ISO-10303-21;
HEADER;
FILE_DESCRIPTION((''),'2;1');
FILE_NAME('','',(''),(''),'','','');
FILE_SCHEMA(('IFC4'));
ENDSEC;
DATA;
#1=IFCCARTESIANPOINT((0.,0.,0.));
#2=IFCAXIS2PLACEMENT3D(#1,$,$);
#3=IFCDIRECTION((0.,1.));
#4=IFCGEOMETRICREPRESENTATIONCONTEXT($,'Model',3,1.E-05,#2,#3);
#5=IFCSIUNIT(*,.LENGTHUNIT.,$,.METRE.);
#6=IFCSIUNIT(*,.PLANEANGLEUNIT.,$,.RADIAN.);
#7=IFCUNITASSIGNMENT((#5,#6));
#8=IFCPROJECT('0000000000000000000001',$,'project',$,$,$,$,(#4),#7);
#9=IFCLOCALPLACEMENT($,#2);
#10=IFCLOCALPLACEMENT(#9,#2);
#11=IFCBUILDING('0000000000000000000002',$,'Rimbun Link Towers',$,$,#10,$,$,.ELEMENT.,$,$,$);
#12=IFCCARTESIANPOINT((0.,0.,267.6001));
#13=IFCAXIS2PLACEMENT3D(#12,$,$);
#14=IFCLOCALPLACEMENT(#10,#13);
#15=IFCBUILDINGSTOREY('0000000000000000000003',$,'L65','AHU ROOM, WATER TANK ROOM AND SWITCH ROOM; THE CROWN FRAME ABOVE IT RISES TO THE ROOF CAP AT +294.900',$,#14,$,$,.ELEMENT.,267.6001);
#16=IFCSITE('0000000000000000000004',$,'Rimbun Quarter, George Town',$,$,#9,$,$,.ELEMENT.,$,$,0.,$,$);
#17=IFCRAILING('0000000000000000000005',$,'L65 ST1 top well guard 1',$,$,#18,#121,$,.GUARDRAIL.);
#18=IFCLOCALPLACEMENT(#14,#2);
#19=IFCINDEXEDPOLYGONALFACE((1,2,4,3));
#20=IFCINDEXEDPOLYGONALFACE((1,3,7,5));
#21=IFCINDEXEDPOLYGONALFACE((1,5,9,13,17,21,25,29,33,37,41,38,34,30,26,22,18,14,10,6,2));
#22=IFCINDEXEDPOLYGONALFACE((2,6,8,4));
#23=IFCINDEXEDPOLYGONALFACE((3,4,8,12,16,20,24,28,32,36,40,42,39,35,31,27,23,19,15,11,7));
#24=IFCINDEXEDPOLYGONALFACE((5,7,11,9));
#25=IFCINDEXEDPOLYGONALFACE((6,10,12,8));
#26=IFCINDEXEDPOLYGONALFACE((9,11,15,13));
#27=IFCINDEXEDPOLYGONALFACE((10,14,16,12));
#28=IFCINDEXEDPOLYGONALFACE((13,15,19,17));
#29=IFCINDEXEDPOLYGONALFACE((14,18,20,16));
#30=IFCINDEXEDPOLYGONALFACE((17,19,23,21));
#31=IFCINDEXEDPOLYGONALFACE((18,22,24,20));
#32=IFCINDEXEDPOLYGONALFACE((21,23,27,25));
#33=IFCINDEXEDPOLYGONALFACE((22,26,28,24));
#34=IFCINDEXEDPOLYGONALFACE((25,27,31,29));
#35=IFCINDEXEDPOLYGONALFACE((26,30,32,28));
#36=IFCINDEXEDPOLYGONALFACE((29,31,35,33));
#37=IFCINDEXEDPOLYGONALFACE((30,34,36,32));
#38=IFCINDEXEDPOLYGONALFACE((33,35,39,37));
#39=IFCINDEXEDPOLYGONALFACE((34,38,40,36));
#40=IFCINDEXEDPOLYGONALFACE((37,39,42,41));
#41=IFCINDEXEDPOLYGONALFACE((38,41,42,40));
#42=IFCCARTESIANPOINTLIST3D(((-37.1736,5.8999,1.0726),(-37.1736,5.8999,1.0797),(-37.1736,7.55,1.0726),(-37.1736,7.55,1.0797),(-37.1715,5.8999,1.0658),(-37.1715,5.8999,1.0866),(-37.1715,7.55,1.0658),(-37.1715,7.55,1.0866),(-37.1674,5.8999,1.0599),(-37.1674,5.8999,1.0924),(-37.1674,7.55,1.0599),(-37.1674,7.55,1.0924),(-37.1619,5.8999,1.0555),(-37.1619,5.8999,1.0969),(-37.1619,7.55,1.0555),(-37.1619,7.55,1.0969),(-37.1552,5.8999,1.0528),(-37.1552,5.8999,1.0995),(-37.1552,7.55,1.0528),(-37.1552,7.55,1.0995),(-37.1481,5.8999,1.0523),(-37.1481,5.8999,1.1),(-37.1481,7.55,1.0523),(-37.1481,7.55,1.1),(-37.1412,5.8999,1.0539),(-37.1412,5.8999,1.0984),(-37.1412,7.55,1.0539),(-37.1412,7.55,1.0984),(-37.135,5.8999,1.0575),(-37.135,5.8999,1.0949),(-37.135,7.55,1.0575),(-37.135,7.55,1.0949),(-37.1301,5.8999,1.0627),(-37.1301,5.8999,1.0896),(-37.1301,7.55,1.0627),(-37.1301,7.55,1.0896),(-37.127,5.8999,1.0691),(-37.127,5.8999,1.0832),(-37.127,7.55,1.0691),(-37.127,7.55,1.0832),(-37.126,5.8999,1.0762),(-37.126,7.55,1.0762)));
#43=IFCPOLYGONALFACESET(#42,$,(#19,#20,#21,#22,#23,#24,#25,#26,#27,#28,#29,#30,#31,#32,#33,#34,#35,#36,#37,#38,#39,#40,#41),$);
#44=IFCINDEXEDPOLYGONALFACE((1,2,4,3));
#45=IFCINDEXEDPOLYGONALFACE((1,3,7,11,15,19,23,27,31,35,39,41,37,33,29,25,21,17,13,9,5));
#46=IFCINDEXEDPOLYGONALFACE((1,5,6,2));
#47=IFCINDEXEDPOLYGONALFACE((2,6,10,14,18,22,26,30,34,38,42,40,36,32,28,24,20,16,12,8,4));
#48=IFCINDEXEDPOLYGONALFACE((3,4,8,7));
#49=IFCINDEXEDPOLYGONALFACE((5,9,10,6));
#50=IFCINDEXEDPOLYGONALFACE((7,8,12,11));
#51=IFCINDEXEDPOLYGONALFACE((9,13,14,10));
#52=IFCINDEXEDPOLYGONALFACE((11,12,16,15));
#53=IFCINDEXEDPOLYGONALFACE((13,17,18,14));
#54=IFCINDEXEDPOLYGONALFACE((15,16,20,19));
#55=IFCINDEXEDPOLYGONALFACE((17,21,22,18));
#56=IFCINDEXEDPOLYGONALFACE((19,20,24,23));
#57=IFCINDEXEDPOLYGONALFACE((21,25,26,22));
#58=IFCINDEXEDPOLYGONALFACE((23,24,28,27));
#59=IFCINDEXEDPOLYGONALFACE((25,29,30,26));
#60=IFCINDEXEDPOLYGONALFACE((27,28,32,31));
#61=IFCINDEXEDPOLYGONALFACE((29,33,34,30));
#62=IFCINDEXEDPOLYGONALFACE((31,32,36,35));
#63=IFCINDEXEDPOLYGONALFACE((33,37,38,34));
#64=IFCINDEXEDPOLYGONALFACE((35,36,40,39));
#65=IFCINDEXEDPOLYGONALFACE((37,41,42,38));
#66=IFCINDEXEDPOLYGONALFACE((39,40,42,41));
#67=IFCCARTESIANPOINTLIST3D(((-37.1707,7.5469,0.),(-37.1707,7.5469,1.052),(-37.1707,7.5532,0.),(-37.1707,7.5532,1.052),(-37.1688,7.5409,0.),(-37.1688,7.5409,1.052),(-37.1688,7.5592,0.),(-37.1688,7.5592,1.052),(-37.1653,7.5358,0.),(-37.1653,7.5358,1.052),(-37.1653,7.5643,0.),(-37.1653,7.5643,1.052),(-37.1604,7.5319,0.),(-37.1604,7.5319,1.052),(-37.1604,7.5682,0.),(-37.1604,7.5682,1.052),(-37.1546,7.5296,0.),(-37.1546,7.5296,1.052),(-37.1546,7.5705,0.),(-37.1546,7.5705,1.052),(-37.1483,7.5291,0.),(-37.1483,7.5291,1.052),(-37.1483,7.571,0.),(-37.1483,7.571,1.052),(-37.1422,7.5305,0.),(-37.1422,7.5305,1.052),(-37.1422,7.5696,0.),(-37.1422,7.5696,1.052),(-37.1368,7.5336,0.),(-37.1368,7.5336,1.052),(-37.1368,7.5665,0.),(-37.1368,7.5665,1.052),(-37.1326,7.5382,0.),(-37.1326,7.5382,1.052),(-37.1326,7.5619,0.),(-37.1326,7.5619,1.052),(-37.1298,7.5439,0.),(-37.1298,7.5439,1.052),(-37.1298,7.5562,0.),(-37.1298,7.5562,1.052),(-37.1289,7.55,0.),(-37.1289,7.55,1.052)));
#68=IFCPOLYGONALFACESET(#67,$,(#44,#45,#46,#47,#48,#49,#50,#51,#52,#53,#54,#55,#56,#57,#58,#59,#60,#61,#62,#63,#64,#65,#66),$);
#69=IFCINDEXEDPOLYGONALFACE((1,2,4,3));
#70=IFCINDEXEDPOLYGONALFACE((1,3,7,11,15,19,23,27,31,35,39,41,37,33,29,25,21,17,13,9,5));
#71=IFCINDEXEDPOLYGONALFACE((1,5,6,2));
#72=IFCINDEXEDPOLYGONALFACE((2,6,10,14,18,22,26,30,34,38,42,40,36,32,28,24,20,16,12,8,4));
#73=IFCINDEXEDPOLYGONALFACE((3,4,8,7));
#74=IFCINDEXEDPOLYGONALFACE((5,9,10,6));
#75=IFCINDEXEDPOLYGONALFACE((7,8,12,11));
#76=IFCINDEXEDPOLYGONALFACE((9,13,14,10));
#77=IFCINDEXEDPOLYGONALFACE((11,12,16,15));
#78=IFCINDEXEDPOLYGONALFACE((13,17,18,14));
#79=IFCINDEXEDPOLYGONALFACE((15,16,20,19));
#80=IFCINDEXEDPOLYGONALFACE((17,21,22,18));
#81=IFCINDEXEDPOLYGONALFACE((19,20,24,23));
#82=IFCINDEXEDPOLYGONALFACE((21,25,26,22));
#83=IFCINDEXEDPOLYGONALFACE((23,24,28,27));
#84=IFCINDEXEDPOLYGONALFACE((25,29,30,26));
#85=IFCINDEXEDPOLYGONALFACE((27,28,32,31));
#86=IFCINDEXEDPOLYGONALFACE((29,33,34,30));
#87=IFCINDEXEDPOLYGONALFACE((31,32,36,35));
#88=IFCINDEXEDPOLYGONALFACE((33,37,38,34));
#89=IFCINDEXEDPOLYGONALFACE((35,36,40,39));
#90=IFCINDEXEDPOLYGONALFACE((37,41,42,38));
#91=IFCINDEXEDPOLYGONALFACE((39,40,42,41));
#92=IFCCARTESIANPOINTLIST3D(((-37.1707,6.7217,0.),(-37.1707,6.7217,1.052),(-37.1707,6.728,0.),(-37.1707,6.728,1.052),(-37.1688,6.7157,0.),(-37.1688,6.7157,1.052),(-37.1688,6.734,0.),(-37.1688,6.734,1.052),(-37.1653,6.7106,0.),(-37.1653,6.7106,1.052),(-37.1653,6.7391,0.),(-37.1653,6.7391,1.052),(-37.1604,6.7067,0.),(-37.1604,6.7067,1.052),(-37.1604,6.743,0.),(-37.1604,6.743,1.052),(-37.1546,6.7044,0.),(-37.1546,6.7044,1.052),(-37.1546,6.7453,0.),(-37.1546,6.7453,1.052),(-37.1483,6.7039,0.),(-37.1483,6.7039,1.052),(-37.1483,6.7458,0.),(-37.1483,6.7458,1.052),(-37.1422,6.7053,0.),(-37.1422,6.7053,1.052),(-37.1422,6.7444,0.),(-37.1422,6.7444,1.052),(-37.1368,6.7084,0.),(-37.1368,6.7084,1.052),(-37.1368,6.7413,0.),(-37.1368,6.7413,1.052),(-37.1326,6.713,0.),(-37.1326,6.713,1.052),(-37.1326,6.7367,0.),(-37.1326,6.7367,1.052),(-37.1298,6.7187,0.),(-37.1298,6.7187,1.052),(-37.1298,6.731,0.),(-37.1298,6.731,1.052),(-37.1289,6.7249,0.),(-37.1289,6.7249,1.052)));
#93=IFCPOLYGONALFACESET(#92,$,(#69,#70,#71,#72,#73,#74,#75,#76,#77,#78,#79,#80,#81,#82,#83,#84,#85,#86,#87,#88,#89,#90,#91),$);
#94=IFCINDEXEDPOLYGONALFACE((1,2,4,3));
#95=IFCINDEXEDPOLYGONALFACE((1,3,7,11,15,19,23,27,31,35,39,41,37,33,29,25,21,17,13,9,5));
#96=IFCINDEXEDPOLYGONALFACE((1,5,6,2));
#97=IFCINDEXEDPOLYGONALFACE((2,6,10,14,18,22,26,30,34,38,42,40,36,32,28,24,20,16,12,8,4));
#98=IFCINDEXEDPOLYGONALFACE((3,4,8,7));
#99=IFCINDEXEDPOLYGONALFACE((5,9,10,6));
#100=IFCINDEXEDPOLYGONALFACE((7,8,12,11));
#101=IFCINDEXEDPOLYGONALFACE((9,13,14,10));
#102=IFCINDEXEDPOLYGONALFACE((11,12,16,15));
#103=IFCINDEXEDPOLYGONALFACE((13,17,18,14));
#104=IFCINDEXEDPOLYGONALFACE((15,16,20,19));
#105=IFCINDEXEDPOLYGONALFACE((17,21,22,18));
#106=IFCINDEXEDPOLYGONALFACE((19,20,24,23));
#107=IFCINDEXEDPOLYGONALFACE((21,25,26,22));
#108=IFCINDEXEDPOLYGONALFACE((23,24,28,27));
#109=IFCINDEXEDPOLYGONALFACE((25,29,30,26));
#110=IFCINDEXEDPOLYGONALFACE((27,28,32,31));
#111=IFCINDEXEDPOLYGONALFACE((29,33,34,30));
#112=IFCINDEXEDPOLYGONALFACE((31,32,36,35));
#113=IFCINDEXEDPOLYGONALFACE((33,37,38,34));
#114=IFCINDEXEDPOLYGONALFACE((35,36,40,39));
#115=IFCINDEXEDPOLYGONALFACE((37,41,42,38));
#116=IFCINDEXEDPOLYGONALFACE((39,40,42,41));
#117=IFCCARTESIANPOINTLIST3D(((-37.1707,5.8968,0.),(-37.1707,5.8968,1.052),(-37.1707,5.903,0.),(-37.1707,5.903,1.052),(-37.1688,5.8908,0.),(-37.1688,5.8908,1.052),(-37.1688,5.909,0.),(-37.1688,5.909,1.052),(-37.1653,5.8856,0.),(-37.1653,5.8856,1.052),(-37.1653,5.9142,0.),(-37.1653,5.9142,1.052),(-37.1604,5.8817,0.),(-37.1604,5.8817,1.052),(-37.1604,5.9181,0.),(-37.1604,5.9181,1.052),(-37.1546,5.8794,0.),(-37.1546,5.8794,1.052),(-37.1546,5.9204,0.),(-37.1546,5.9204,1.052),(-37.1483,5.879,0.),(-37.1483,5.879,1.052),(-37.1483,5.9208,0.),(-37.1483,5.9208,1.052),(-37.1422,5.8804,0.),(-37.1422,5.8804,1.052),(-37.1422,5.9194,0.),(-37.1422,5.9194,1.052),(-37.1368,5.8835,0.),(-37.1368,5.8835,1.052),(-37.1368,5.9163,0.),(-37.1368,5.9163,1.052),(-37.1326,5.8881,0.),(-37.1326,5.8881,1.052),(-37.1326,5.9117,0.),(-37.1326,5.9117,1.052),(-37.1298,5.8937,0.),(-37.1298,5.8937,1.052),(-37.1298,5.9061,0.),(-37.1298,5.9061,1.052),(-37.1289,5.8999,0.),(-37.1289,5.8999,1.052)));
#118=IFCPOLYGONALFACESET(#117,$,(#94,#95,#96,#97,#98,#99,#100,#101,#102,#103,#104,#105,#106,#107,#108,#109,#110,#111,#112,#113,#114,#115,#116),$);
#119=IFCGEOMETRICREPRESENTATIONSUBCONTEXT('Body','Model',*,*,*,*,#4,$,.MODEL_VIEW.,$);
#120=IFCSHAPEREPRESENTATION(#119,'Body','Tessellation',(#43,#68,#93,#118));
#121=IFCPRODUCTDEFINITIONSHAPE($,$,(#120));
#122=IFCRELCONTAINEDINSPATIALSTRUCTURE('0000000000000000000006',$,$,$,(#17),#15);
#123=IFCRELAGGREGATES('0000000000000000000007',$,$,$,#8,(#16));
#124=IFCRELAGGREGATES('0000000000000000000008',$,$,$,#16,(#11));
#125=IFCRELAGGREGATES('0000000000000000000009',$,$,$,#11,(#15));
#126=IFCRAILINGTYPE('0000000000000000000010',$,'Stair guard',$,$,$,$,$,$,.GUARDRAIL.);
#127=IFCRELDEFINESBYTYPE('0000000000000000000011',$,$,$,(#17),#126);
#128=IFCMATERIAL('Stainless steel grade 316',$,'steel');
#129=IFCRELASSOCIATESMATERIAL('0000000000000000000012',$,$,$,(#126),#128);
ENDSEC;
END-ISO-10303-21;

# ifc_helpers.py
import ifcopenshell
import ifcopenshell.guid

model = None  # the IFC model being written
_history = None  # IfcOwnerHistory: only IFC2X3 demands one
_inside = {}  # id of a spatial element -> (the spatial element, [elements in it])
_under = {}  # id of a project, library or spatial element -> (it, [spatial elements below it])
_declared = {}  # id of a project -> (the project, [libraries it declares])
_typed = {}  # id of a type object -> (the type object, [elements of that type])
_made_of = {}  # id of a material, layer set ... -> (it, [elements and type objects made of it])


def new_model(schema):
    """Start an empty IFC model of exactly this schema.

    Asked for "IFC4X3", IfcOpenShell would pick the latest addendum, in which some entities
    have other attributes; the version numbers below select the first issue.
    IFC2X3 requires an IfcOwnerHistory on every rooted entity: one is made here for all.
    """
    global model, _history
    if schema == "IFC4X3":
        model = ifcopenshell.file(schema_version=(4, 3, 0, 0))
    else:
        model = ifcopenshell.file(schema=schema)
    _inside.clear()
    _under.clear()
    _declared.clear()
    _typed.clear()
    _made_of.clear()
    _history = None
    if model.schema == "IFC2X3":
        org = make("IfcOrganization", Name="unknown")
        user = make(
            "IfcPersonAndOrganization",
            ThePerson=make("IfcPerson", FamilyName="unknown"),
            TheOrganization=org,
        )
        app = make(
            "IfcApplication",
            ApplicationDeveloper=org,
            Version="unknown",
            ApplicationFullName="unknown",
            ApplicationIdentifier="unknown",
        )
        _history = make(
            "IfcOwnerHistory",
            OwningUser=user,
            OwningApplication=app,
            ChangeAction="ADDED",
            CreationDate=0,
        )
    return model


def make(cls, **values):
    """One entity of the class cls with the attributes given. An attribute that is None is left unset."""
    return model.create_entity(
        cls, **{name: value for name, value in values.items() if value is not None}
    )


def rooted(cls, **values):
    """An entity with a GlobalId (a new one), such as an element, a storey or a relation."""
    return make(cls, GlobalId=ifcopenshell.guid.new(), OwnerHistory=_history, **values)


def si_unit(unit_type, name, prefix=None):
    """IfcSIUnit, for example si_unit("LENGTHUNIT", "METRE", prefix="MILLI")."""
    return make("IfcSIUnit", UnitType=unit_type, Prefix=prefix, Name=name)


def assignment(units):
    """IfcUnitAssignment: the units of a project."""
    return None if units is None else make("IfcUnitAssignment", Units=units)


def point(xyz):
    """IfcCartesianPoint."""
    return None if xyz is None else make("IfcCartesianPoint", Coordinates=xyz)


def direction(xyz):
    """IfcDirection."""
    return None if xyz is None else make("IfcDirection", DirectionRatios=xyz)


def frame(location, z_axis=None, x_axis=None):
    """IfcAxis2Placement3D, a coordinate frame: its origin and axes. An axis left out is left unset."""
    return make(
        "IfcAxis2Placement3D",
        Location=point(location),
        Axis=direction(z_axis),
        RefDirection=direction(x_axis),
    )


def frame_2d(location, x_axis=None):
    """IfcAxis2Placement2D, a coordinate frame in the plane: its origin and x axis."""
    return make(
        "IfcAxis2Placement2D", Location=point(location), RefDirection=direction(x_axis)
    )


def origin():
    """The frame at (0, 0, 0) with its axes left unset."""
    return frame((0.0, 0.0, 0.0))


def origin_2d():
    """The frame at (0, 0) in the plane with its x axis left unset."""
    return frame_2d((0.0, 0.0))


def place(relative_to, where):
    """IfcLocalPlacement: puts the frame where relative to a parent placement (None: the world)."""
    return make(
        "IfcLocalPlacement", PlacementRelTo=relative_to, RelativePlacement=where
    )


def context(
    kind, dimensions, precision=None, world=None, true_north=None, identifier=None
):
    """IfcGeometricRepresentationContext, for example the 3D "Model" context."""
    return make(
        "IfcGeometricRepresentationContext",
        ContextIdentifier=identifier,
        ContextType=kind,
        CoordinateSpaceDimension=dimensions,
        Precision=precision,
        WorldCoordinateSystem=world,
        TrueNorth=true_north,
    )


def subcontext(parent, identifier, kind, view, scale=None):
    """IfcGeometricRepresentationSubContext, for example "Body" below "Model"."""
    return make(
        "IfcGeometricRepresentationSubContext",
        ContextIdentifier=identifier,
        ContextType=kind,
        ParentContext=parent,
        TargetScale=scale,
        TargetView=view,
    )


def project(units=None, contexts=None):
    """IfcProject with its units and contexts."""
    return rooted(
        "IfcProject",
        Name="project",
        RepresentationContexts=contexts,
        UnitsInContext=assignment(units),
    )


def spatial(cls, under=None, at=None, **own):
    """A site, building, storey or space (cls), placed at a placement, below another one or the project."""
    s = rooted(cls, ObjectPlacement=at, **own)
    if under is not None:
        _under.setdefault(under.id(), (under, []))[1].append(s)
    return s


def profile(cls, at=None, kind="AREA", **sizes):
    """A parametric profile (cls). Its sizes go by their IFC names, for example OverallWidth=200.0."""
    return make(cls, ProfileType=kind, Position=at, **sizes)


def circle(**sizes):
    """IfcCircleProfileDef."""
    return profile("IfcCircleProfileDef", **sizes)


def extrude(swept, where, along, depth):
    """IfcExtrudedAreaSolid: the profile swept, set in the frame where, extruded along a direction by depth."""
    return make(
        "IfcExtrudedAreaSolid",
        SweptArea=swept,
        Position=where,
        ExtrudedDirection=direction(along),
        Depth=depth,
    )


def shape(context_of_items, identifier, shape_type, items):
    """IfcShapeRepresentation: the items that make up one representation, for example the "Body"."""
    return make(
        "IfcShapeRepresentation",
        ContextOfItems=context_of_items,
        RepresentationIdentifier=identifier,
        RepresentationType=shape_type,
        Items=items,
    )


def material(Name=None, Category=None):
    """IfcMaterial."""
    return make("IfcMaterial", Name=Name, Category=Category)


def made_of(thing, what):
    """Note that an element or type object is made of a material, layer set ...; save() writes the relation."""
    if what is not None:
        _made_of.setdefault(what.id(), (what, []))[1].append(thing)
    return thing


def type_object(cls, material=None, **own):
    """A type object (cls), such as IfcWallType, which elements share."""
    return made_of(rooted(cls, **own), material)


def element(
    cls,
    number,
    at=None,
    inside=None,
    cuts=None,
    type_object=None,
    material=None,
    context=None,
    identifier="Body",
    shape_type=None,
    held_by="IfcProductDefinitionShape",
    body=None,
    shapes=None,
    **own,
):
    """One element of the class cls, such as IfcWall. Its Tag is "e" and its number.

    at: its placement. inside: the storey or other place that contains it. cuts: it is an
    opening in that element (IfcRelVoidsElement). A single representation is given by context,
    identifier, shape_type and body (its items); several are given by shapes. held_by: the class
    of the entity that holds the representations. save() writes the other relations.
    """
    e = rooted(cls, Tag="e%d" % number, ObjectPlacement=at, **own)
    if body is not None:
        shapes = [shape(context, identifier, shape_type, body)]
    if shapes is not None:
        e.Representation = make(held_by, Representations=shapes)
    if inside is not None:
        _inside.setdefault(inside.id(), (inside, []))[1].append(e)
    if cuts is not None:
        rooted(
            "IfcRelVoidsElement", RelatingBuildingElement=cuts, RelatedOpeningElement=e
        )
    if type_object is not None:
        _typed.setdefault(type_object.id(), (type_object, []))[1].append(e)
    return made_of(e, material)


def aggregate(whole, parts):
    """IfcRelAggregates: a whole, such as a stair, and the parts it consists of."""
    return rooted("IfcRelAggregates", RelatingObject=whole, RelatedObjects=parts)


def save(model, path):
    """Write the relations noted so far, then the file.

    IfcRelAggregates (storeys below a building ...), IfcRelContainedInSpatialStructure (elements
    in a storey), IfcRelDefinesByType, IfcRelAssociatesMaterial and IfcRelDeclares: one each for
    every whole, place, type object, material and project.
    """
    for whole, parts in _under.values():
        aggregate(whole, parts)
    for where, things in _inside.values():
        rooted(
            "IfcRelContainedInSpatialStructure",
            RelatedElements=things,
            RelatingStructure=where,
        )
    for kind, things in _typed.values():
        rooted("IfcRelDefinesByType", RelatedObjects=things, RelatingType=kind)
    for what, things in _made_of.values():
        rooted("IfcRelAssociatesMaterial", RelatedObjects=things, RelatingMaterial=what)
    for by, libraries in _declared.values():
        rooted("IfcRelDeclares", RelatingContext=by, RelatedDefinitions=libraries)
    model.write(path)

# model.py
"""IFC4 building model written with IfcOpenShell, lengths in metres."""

from ifc_helpers import new_model, si_unit, direction, frame, origin, origin_2d, place, context, subcontext, project, spatial, circle, extrude, material, type_object, element, save


model = new_model("IFC4")

# Units and contexts
model_context = context("Model", 3, precision=1e-05, world=origin(), true_north=direction((0.0, 1.0)))
body_context = subcontext(model_context, "Body", "Model", "MODEL_VIEW")
ifc_project = project(units=[si_unit("LENGTHUNIT", "METRE"), si_unit("PLANEANGLEUNIT", "RADIAN")], contexts=[model_context])

# Site, building, storey
site_placement = place(None, origin())
site = spatial("IfcSite", under=ifc_project, at=site_placement, Name="Rimbun Quarter, George Town", CompositionType="ELEMENT", RefElevation=0.0)
building_placement = place(site_placement, origin())
building = spatial("IfcBuilding", under=site, at=building_placement, Name="Rimbun Link Towers", CompositionType="ELEMENT")
storey_placement = place(building_placement, frame((0.0, 0.0, 267.6001)))
storey = spatial("IfcBuildingStorey", under=building, at=storey_placement, Name="L65", Description="AHU ROOM, WATER TANK ROOM AND SWITCH ROOM; THE CROWN FRAME ABOVE IT RISES TO THE ROOF CAP AT +294.900", CompositionType="ELEMENT", Elevation=267.6001)

# Railing
ifc_material_1 = material(Name="Stainless steel grade 316", Category="steel")
railing_type = type_object("IfcRailingType", Name="Stair guard", PredefinedType="GUARDRAIL", material=ifc_material_1)
railing_placement = place(storey_placement, frame((-37.1499, 7.55, 0.0)))
element("IfcRailing", 1, at=railing_placement, inside=storey, type_object=railing_type, Name="L65 ST1 top well guard 1", PredefinedType="GUARDRAIL", context=body_context, shape_type="SweptSolid", body=[
    extrude(circle(Radius=0.0239, at=origin_2d()), frame((0.0, 0.0, 1.0762), z_axis=(0.0, -1.0, 0.0), x_axis=(1.0, 0.0, 0.0)), (0.0, 0.0, 1.0), 1.6501),
    extrude(circle(Radius=0.021, at=origin_2d()), origin(), (0.0, 0.0, 1.0), 1.052),
    extrude(circle(Radius=0.021, at=origin_2d()), frame((0.0, -0.8252, 0.0)), (0.0, 0.0, 1.0), 1.052),
    extrude(circle(Radius=0.021, at=origin_2d()), frame((0.0, -1.6501, 0.0)), (0.0, 0.0, 1.0), 1.052),
])

save(model, "model.ifc")
